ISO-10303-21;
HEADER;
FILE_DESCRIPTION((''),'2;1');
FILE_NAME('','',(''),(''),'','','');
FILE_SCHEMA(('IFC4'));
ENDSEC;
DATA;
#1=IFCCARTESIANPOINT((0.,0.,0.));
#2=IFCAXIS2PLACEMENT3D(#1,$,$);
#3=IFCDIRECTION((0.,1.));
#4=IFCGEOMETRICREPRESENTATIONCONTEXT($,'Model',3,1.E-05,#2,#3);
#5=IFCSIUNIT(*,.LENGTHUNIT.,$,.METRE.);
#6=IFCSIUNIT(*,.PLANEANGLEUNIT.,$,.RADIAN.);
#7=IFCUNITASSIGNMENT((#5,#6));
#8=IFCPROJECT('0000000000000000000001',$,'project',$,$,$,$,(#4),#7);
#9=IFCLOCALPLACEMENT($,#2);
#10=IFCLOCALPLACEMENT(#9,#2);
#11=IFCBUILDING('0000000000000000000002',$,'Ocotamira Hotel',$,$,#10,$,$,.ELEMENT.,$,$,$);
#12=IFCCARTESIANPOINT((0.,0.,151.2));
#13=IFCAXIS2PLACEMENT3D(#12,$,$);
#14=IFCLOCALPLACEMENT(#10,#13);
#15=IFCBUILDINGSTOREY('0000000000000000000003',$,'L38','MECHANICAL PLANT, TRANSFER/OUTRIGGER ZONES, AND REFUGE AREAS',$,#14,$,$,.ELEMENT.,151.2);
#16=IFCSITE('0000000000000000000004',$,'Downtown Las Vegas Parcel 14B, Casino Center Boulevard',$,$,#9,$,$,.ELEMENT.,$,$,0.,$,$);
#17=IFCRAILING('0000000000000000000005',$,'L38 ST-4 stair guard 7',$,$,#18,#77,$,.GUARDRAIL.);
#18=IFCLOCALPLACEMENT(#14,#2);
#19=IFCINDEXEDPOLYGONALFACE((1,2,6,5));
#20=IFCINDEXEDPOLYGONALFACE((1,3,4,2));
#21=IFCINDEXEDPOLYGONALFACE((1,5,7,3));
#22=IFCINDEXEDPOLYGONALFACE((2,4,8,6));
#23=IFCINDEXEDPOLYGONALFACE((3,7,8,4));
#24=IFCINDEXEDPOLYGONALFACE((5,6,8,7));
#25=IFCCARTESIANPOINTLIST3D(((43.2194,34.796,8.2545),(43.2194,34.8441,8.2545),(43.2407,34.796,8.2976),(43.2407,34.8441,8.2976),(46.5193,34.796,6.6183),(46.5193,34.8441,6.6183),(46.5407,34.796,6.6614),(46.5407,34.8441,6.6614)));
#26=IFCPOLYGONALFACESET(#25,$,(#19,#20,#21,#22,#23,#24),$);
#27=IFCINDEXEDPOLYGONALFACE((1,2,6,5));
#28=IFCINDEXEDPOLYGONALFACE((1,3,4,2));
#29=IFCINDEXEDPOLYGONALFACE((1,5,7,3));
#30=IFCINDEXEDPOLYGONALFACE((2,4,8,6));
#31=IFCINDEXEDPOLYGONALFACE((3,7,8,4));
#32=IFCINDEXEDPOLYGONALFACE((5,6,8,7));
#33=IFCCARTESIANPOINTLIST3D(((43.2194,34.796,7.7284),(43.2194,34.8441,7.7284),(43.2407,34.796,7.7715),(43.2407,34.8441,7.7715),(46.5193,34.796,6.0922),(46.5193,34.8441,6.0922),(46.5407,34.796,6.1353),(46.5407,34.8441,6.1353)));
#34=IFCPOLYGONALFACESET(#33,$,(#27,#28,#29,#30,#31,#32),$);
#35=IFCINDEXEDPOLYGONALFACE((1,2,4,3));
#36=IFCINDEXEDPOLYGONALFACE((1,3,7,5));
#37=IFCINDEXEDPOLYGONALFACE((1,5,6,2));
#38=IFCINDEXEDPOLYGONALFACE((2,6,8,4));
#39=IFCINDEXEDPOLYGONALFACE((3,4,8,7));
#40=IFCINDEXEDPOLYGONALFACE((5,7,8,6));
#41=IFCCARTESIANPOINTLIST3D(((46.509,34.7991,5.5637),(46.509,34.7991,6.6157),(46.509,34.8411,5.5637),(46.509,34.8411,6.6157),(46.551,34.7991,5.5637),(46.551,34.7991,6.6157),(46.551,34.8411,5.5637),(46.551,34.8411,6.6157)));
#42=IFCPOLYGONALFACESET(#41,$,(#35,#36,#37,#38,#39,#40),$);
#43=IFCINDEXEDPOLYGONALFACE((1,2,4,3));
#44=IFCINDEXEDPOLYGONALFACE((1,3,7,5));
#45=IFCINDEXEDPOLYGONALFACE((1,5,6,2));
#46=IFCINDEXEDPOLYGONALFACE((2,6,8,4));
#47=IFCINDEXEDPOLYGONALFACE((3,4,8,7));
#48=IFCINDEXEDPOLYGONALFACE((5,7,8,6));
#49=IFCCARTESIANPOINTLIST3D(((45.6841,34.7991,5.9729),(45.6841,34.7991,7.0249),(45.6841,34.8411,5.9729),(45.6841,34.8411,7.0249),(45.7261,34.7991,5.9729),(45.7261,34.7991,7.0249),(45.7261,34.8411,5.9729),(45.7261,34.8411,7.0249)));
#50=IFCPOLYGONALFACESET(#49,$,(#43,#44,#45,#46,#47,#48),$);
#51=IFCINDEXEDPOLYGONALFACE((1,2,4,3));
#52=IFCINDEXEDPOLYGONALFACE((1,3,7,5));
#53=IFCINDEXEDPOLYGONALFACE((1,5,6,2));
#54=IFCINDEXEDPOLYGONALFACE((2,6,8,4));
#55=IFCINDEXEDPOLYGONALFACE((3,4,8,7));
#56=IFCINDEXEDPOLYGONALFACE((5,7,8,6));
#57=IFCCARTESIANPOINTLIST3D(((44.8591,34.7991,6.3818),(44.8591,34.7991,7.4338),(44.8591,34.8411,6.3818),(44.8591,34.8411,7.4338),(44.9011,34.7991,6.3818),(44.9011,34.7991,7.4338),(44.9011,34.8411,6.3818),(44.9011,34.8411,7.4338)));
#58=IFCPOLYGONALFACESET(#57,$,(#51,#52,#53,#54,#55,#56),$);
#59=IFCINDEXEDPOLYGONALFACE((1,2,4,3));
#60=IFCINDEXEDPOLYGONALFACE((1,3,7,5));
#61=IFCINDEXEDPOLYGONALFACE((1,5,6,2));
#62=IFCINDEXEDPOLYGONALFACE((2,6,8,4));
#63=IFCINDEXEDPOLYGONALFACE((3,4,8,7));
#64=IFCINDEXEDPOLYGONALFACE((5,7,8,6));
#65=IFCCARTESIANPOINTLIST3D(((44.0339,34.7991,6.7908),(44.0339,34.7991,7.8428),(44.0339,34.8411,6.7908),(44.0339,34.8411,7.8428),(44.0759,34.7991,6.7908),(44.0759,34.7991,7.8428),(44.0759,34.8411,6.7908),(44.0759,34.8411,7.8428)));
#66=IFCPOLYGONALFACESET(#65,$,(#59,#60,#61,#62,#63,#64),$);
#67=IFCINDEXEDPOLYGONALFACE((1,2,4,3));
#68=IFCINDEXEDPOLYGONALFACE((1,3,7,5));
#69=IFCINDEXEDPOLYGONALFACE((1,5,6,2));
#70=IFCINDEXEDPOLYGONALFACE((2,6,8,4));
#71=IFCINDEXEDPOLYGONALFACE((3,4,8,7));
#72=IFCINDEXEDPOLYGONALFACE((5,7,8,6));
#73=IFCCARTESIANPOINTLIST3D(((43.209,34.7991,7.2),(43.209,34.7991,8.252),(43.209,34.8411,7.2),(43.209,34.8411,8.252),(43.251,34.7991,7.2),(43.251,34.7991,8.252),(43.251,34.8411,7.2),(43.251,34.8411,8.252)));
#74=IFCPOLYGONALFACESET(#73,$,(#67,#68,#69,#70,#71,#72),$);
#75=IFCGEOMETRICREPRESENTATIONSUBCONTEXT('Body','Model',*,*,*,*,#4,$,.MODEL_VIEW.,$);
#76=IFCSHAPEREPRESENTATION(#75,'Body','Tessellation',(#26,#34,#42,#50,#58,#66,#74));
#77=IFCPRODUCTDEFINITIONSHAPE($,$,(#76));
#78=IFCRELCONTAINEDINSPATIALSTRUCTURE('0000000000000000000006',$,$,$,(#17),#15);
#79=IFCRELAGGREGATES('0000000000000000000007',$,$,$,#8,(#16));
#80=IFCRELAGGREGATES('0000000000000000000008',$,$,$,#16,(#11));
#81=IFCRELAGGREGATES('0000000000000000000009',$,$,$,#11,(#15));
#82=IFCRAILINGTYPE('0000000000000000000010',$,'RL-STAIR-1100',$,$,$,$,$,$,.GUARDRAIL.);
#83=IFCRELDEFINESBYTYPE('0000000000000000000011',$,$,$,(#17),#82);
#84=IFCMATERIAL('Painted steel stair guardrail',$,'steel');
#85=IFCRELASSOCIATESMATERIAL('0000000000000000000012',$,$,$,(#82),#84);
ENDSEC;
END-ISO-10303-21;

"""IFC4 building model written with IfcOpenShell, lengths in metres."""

from ifc_helpers import new_model, si_unit, direction, frame, origin, origin_2d, place, context, subcontext, project, spatial, rectangle, extrude, material, type_object, element, save


model = new_model("IFC4")

# Units and contexts
model_context = context("Model", 3, precision=1e-05, world=origin(), true_north=direction((0.0, 1.0)))
body_context = subcontext(model_context, "Body", "Model", "MODEL_VIEW")
ifc_project = project(units=[si_unit("LENGTHUNIT", "METRE"), si_unit("PLANEANGLEUNIT", "RADIAN")], contexts=[model_context])

# Site, building, storey
site_placement = place(None, origin())
site = spatial("IfcSite", under=ifc_project, at=site_placement, Name="Downtown Las Vegas Parcel 14B, Casino Center Boulevard", CompositionType="ELEMENT", RefElevation=0.0)
building_placement = place(site_placement, origin())
building = spatial("IfcBuilding", under=site, at=building_placement, Name="Ocotamira Hotel", CompositionType="ELEMENT")
storey_placement = place(building_placement, frame((0.0, 0.0, 151.2)))
storey = spatial("IfcBuildingStorey", under=building, at=storey_placement, Name="L38", Description="MECHANICAL PLANT, TRANSFER/OUTRIGGER ZONES, AND REFUGE AREAS", CompositionType="ELEMENT", Elevation=151.2)

# Railing
ifc_material_1 = material(Name="Painted steel stair guardrail", Category="steel")
railing_type_1 = type_object("IfcRailingType", Name="RL-STAIR-1100", PredefinedType="GUARDRAIL", material=ifc_material_1)
railing_1_placement = place(storey_placement, frame((46.53, 34.8201, 5.5637)))
element("IfcRailing", 1, at=railing_1_placement, inside=storey, type_object=railing_type_1, Name="L38 ST-4 stair guard 7", PredefinedType="GUARDRAIL", context=body_context, shape_type="SweptSolid", body=[
    extrude(rectangle(XDim=0.0481, YDim=0.0481, at=origin_2d()), frame((0.0, 0.0, 1.0762), z_axis=(-0.89592, 0.0, 0.444215), x_axis=(0.0, -1.0, 0.0)), (0.0, 0.0, 1.0), 3.6833),
    extrude(rectangle(XDim=0.0481, YDim=0.0481, at=origin_2d()), frame((0.0, 0.0, 0.55), z_axis=(-0.89592, 0.0, 0.444215), x_axis=(0.0, -1.0, 0.0)), (0.0, 0.0, 1.0), 3.6833),
    extrude(rectangle(XDim=0.042, YDim=0.042, at=origin_2d()), origin(), (0.0, 0.0, 1.0), 1.052),
    extrude(rectangle(XDim=0.042, YDim=0.042, at=origin_2d()), frame((-0.825, 0.0, 0.4092)), (0.0, 0.0, 1.0), 1.052),
    extrude(rectangle(XDim=0.042, YDim=0.042, at=origin_2d()), frame((-1.6499, 0.0, 0.8181)), (0.0, 0.0, 1.0), 1.052),
    extrude(rectangle(XDim=0.042, YDim=0.042, at=origin_2d()), frame((-2.4751, 0.0, 1.2271)), (0.0, 0.0, 1.0), 1.052),
    extrude(rectangle(XDim=0.042, YDim=0.042, at=origin_2d()), frame((-3.3, 0.0, 1.6362)), (0.0, 0.0, 1.0), 1.052),
])

save(model, "model.ifc")
